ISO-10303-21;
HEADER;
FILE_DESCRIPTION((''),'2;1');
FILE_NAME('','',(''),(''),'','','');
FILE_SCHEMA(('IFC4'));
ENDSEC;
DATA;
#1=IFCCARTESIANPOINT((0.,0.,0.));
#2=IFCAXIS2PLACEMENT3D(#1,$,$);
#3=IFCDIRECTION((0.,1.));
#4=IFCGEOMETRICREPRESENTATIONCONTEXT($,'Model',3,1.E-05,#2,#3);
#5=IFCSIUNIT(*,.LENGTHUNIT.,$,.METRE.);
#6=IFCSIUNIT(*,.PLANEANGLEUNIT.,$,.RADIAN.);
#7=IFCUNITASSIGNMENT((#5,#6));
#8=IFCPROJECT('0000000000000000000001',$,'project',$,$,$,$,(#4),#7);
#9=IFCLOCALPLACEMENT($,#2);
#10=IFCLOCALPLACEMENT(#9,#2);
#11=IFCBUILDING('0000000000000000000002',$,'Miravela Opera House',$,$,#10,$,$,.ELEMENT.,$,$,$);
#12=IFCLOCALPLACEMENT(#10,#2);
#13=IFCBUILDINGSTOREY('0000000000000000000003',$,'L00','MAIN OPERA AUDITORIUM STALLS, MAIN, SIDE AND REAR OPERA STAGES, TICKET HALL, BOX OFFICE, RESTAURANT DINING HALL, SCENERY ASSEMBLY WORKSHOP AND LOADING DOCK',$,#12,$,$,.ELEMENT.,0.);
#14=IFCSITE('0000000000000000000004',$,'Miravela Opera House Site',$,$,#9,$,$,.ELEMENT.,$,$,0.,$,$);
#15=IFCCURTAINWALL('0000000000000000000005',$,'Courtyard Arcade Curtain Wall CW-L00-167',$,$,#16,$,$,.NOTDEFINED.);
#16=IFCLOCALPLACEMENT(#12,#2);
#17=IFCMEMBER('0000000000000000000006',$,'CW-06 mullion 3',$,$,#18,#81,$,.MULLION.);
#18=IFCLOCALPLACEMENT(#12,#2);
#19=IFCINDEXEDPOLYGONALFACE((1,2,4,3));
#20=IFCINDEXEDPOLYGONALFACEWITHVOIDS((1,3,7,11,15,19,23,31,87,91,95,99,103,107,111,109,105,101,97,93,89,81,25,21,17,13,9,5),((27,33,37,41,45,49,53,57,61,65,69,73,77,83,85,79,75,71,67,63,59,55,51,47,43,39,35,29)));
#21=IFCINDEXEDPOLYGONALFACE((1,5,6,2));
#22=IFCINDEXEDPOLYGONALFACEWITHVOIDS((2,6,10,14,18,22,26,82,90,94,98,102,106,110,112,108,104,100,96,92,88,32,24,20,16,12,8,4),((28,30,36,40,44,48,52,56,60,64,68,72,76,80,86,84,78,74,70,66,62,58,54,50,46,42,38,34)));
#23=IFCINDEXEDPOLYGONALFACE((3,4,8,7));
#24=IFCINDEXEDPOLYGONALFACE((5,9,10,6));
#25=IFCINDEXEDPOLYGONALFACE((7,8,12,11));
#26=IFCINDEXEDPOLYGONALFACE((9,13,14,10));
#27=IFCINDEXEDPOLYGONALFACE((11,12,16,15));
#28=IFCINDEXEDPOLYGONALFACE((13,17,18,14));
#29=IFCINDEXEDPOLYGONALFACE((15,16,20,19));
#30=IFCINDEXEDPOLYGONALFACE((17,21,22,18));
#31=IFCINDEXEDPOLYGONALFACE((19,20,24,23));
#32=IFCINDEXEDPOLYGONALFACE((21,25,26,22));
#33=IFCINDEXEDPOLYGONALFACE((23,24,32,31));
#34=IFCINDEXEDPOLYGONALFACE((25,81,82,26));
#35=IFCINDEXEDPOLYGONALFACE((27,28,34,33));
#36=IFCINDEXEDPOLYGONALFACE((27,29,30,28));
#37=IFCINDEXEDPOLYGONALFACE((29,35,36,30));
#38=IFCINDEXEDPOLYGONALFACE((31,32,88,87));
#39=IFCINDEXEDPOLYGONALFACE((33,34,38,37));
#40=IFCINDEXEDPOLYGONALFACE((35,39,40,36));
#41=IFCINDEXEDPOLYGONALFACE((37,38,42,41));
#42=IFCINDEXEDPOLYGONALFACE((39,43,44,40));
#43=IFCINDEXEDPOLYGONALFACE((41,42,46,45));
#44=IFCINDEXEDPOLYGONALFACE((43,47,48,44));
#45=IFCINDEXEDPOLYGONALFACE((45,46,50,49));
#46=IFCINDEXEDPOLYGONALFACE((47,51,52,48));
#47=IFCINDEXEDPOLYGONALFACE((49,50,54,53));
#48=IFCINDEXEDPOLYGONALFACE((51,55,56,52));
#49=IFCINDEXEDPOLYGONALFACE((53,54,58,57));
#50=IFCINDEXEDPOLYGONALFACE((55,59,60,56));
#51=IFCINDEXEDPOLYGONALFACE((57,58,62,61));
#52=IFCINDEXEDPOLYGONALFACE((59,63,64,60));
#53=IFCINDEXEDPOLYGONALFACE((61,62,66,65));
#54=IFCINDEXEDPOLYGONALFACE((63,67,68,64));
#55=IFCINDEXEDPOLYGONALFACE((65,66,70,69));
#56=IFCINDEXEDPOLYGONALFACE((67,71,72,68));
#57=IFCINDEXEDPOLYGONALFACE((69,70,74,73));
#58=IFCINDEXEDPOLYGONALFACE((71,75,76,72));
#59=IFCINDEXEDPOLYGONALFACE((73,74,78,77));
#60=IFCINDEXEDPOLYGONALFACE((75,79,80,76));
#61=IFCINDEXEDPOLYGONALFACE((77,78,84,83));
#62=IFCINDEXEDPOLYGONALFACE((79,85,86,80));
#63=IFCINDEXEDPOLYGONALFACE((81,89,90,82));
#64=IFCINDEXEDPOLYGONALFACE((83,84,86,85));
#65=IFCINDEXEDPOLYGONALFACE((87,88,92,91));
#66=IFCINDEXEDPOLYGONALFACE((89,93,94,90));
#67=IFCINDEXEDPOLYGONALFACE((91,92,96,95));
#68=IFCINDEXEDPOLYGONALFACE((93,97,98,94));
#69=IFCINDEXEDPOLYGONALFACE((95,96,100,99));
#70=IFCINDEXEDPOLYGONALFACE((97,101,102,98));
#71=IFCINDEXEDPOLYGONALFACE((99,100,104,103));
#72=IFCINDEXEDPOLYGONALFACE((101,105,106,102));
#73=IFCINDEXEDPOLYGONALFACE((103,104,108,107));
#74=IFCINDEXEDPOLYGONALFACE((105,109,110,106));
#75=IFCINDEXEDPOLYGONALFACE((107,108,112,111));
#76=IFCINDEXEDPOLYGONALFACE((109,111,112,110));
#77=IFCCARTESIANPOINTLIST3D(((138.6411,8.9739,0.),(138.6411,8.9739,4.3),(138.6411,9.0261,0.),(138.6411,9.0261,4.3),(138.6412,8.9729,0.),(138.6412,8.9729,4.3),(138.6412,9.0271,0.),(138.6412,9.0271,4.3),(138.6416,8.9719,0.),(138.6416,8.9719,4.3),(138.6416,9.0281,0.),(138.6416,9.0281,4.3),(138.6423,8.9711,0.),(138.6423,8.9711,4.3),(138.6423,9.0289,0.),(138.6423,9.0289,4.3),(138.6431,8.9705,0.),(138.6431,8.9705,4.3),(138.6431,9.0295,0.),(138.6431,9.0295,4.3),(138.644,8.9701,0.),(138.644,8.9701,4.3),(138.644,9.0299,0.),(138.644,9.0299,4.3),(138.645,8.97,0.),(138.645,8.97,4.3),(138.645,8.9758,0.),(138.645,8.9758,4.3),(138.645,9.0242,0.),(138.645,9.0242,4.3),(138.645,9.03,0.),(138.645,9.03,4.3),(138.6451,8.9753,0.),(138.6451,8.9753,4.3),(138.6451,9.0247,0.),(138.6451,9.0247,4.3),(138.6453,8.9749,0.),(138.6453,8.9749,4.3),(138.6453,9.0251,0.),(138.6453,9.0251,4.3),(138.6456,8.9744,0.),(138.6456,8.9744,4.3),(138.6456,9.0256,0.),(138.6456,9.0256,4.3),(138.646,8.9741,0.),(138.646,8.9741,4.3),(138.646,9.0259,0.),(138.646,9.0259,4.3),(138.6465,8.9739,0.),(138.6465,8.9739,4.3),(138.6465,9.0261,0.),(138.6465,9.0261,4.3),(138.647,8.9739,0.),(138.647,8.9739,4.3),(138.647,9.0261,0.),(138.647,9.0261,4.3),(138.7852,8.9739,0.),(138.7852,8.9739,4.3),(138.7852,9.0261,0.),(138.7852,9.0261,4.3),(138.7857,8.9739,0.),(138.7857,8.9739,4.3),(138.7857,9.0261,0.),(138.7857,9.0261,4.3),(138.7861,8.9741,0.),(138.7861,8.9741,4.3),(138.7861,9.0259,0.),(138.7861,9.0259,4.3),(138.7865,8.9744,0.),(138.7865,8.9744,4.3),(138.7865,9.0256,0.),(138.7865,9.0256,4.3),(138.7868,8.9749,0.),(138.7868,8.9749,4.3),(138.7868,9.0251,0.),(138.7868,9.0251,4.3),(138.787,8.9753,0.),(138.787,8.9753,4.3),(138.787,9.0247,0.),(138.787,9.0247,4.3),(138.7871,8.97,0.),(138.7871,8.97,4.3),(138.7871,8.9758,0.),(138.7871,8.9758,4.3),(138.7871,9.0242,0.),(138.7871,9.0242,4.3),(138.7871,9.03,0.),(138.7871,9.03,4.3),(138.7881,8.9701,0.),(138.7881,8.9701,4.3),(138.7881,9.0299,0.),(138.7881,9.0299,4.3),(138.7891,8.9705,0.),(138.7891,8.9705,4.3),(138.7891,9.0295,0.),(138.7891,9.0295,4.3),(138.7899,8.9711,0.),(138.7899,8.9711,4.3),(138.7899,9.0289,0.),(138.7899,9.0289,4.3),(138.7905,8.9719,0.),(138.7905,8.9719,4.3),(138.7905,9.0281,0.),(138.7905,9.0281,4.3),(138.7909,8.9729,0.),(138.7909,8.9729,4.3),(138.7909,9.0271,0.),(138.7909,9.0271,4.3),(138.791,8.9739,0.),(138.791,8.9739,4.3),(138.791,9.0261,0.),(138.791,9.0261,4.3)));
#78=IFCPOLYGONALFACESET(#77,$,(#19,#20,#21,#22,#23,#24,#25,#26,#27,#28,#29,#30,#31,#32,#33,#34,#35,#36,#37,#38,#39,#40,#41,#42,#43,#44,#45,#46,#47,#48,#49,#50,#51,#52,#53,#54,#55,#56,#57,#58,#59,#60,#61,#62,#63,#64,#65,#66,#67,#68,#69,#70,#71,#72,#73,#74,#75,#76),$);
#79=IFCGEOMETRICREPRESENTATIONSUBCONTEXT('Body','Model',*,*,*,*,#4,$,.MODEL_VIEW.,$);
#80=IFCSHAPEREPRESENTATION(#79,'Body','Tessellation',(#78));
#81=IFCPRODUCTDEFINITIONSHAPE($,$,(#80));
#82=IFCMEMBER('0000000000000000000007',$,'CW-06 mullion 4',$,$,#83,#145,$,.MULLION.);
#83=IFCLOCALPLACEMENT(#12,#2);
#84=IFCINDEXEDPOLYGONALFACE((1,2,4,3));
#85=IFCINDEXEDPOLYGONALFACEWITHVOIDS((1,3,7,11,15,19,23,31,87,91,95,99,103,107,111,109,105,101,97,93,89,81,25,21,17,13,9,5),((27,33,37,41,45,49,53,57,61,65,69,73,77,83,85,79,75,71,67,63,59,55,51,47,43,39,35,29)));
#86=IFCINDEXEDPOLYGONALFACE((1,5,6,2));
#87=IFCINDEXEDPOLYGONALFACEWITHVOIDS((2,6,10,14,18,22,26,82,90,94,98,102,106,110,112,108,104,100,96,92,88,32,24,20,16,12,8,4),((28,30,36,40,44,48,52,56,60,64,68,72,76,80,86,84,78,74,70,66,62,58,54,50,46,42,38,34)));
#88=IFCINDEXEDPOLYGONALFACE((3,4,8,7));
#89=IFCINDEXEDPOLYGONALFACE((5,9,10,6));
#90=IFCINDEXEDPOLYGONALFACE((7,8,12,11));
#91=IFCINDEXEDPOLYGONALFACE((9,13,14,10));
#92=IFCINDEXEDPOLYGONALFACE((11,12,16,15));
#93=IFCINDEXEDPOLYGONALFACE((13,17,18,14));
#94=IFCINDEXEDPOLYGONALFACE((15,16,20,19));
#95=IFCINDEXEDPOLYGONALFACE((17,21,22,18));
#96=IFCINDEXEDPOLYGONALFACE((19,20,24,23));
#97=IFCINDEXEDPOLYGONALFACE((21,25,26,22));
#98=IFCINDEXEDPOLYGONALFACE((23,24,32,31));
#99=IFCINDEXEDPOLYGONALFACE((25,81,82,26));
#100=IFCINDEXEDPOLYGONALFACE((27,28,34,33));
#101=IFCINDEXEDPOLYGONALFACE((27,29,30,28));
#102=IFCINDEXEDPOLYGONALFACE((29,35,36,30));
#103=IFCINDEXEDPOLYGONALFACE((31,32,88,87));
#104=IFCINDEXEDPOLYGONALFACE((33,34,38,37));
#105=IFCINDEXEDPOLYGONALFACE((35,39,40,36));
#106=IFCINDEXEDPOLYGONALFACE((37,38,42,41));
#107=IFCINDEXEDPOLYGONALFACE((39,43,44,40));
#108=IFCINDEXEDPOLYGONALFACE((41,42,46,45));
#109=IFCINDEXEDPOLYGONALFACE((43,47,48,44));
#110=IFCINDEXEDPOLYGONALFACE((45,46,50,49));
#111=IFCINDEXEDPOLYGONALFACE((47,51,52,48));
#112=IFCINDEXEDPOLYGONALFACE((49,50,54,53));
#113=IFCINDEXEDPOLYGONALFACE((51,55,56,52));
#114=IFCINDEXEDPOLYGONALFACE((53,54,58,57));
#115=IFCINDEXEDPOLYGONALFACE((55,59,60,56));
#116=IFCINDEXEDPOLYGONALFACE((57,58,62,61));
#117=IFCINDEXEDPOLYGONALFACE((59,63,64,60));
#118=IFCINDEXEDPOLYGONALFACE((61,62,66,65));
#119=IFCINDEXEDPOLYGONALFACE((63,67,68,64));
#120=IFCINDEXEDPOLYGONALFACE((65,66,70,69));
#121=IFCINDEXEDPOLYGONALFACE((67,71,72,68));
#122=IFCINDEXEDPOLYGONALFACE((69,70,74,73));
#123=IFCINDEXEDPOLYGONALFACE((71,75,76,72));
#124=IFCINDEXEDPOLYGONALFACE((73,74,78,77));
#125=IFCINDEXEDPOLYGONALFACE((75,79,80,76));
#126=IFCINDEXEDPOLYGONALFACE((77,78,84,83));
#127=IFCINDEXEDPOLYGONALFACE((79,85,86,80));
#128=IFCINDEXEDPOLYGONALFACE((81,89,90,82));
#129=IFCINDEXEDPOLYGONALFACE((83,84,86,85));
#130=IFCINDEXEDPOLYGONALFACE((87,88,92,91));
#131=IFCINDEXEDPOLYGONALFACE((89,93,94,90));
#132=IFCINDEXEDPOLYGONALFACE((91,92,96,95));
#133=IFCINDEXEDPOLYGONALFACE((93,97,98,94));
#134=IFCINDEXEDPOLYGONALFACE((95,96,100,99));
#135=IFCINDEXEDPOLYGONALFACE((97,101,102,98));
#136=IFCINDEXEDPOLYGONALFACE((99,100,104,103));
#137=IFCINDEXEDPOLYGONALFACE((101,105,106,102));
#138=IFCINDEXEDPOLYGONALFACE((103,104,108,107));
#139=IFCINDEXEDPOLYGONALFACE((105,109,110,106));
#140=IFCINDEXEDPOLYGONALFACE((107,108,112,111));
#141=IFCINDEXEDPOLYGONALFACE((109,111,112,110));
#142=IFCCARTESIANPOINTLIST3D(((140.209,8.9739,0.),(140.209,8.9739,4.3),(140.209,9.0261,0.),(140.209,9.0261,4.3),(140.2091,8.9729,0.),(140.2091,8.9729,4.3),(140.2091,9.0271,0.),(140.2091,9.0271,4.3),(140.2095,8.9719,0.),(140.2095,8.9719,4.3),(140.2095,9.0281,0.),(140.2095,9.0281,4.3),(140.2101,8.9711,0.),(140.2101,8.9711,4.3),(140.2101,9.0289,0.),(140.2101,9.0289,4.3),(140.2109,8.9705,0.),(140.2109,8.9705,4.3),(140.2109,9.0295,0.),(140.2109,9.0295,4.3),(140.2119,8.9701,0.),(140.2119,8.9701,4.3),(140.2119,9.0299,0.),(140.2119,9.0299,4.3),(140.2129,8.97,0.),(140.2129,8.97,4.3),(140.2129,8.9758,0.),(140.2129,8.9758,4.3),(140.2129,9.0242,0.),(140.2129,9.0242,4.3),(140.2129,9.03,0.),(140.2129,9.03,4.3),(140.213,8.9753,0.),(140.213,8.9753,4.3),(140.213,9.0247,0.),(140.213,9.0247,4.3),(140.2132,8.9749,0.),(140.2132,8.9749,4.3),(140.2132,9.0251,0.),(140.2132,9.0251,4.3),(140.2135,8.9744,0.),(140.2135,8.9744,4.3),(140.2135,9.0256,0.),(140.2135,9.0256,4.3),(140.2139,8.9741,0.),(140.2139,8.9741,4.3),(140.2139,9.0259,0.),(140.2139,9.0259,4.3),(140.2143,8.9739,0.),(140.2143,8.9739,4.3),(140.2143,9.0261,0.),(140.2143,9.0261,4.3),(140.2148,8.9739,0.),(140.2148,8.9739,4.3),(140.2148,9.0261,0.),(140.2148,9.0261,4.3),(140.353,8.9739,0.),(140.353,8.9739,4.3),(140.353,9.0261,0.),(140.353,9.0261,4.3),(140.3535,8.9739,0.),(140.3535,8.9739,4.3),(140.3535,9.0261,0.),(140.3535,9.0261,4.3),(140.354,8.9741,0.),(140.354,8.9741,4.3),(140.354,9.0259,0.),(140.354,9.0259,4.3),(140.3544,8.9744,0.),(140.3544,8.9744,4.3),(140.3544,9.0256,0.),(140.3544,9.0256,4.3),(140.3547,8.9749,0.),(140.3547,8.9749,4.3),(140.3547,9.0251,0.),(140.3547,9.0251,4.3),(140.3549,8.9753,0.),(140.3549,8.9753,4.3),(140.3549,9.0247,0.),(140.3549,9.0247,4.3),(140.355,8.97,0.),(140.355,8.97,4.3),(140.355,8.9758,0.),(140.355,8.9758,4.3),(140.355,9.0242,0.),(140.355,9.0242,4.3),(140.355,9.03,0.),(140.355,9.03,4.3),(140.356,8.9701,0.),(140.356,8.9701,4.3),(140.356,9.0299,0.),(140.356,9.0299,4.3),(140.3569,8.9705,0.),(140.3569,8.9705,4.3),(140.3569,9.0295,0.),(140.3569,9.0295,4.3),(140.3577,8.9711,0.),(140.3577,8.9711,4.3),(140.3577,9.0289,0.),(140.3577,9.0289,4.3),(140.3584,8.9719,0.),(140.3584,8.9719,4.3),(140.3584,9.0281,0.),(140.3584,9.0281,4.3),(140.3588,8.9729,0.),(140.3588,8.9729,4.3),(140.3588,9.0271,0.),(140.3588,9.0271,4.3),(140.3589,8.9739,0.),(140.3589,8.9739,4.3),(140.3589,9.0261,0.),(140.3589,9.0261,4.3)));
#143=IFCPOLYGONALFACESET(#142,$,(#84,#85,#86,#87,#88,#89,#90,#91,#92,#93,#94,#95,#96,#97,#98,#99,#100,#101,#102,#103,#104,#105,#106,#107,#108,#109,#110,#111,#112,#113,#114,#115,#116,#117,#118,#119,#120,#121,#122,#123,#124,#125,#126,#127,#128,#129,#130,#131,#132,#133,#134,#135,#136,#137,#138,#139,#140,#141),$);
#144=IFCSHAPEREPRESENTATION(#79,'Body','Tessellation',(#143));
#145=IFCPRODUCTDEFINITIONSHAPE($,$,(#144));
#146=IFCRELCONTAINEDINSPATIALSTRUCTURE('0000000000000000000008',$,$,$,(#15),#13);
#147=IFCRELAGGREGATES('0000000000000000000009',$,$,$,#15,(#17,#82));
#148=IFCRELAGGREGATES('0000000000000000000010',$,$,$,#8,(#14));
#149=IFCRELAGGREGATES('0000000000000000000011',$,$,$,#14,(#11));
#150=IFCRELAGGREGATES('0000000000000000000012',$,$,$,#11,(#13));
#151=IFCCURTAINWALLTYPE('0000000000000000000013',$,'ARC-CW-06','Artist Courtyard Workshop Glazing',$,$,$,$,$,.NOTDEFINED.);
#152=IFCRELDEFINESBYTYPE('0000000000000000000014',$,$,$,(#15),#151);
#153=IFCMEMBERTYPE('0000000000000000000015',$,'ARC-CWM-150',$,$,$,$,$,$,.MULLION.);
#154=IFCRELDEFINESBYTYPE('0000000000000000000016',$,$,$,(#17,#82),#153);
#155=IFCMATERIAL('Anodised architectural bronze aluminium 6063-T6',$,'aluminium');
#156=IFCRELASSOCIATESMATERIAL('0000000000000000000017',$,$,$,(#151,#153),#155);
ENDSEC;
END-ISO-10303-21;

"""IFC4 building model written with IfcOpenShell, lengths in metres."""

from ifc_helpers import new_model, si_unit, direction, frame, origin, origin_2d, place, context, subcontext, project, spatial, hollow_rectangle, extrude, material, material_profile, profile_set, type_object, element, aggregate, save


model = new_model("IFC4")

# Units and contexts
model_context = context("Model", 3, precision=1e-05, world=origin(), true_north=direction((0.0, 1.0)))
body_context = subcontext(model_context, "Body", "Model", "MODEL_VIEW")
ifc_project = project(units=[si_unit("LENGTHUNIT", "METRE"), si_unit("PLANEANGLEUNIT", "RADIAN")], contexts=[model_context])

# Site, building, storey
site_placement = place(None, origin())
site = spatial("IfcSite", under=ifc_project, at=site_placement, Name="Miravela Opera House Site", CompositionType="ELEMENT", RefElevation=0.0)
building_placement = place(site_placement, origin())
building = spatial("IfcBuilding", under=site, at=building_placement, Name="Miravela Opera House", CompositionType="ELEMENT")
storey_placement = place(building_placement, origin())
storey = spatial("IfcBuildingStorey", under=building, at=storey_placement, Name="L00", Description="MAIN OPERA AUDITORIUM STALLS, MAIN, SIDE AND REAR OPERA STAGES, TICKET HALL, BOX OFFICE, RESTAURANT DINING HALL, SCENERY ASSEMBLY WORKSHOP AND LOADING DOCK", CompositionType="ELEMENT", Elevation=0.0)

# Curtain wall, members
ifc_material_1 = material(Name="Anodised architectural bronze aluminium 6063-T6", Category="aluminium")
curtain_wall_type = type_object("IfcCurtainWallType", Name="ARC-CW-06", Description="Artist Courtyard Workshop Glazing", PredefinedType="NOTDEFINED", material=ifc_material_1)
curtain_wall_placement = place(storey_placement, origin())
curtain_wall = element("IfcCurtainWall", 1, at=curtain_wall_placement, inside=storey, type_object=curtain_wall_type, Name="Courtyard Arcade Curtain Wall CW-L00-167", PredefinedType="NOTDEFINED")
ifc_material_profile_1 = material_profile(ifc_material_1, hollow_rectangle(XDim=0.0601, YDim=0.1499, WallThickness=0.0039, InnerFilletRadius=0.002, OuterFilletRadius=0.0039, at=origin_2d()), Name="CWM-60X150")
ifc_profile_set_1 = profile_set([ifc_material_profile_1])
member_type_1 = type_object("IfcMemberType", Name="ARC-CWM-150", PredefinedType="MULLION", material=ifc_profile_set_1)
member_1_placement = place(storey_placement, frame((138.7161, 9.0, 0.0), z_axis=(0.0, 0.0, 1.0), x_axis=(0.0, 1.0, 0.0)))
member_1 = element("IfcMember", 2, at=member_1_placement, type_object=member_type_1, Name="CW-06 mullion 3", PredefinedType="MULLION", context=body_context, shape_type="SweptSolid", body=[
    extrude(hollow_rectangle(XDim=0.0601, YDim=0.1499, WallThickness=0.0039, InnerFilletRadius=0.002, OuterFilletRadius=0.0039, at=origin_2d()), origin(), (0.0, 0.0, 1.0), 4.3),
])
member_2_placement = place(storey_placement, frame((140.2839, 9.0, 0.0), z_axis=(0.0, 0.0, 1.0), x_axis=(0.0, 1.0, 0.0)))
member_2 = element("IfcMember", 3, at=member_2_placement, type_object=member_type_1, Name="CW-06 mullion 4", PredefinedType="MULLION", context=body_context, shape_type="SweptSolid", body=[
    extrude(hollow_rectangle(XDim=0.0601, YDim=0.1499, WallThickness=0.0039, InnerFilletRadius=0.002, OuterFilletRadius=0.0039, at=origin_2d()), origin(), (0.0, 0.0, 1.0), 4.3),
])
aggregate(curtain_wall, [member_1, member_2])

save(model, "model.ifc")
